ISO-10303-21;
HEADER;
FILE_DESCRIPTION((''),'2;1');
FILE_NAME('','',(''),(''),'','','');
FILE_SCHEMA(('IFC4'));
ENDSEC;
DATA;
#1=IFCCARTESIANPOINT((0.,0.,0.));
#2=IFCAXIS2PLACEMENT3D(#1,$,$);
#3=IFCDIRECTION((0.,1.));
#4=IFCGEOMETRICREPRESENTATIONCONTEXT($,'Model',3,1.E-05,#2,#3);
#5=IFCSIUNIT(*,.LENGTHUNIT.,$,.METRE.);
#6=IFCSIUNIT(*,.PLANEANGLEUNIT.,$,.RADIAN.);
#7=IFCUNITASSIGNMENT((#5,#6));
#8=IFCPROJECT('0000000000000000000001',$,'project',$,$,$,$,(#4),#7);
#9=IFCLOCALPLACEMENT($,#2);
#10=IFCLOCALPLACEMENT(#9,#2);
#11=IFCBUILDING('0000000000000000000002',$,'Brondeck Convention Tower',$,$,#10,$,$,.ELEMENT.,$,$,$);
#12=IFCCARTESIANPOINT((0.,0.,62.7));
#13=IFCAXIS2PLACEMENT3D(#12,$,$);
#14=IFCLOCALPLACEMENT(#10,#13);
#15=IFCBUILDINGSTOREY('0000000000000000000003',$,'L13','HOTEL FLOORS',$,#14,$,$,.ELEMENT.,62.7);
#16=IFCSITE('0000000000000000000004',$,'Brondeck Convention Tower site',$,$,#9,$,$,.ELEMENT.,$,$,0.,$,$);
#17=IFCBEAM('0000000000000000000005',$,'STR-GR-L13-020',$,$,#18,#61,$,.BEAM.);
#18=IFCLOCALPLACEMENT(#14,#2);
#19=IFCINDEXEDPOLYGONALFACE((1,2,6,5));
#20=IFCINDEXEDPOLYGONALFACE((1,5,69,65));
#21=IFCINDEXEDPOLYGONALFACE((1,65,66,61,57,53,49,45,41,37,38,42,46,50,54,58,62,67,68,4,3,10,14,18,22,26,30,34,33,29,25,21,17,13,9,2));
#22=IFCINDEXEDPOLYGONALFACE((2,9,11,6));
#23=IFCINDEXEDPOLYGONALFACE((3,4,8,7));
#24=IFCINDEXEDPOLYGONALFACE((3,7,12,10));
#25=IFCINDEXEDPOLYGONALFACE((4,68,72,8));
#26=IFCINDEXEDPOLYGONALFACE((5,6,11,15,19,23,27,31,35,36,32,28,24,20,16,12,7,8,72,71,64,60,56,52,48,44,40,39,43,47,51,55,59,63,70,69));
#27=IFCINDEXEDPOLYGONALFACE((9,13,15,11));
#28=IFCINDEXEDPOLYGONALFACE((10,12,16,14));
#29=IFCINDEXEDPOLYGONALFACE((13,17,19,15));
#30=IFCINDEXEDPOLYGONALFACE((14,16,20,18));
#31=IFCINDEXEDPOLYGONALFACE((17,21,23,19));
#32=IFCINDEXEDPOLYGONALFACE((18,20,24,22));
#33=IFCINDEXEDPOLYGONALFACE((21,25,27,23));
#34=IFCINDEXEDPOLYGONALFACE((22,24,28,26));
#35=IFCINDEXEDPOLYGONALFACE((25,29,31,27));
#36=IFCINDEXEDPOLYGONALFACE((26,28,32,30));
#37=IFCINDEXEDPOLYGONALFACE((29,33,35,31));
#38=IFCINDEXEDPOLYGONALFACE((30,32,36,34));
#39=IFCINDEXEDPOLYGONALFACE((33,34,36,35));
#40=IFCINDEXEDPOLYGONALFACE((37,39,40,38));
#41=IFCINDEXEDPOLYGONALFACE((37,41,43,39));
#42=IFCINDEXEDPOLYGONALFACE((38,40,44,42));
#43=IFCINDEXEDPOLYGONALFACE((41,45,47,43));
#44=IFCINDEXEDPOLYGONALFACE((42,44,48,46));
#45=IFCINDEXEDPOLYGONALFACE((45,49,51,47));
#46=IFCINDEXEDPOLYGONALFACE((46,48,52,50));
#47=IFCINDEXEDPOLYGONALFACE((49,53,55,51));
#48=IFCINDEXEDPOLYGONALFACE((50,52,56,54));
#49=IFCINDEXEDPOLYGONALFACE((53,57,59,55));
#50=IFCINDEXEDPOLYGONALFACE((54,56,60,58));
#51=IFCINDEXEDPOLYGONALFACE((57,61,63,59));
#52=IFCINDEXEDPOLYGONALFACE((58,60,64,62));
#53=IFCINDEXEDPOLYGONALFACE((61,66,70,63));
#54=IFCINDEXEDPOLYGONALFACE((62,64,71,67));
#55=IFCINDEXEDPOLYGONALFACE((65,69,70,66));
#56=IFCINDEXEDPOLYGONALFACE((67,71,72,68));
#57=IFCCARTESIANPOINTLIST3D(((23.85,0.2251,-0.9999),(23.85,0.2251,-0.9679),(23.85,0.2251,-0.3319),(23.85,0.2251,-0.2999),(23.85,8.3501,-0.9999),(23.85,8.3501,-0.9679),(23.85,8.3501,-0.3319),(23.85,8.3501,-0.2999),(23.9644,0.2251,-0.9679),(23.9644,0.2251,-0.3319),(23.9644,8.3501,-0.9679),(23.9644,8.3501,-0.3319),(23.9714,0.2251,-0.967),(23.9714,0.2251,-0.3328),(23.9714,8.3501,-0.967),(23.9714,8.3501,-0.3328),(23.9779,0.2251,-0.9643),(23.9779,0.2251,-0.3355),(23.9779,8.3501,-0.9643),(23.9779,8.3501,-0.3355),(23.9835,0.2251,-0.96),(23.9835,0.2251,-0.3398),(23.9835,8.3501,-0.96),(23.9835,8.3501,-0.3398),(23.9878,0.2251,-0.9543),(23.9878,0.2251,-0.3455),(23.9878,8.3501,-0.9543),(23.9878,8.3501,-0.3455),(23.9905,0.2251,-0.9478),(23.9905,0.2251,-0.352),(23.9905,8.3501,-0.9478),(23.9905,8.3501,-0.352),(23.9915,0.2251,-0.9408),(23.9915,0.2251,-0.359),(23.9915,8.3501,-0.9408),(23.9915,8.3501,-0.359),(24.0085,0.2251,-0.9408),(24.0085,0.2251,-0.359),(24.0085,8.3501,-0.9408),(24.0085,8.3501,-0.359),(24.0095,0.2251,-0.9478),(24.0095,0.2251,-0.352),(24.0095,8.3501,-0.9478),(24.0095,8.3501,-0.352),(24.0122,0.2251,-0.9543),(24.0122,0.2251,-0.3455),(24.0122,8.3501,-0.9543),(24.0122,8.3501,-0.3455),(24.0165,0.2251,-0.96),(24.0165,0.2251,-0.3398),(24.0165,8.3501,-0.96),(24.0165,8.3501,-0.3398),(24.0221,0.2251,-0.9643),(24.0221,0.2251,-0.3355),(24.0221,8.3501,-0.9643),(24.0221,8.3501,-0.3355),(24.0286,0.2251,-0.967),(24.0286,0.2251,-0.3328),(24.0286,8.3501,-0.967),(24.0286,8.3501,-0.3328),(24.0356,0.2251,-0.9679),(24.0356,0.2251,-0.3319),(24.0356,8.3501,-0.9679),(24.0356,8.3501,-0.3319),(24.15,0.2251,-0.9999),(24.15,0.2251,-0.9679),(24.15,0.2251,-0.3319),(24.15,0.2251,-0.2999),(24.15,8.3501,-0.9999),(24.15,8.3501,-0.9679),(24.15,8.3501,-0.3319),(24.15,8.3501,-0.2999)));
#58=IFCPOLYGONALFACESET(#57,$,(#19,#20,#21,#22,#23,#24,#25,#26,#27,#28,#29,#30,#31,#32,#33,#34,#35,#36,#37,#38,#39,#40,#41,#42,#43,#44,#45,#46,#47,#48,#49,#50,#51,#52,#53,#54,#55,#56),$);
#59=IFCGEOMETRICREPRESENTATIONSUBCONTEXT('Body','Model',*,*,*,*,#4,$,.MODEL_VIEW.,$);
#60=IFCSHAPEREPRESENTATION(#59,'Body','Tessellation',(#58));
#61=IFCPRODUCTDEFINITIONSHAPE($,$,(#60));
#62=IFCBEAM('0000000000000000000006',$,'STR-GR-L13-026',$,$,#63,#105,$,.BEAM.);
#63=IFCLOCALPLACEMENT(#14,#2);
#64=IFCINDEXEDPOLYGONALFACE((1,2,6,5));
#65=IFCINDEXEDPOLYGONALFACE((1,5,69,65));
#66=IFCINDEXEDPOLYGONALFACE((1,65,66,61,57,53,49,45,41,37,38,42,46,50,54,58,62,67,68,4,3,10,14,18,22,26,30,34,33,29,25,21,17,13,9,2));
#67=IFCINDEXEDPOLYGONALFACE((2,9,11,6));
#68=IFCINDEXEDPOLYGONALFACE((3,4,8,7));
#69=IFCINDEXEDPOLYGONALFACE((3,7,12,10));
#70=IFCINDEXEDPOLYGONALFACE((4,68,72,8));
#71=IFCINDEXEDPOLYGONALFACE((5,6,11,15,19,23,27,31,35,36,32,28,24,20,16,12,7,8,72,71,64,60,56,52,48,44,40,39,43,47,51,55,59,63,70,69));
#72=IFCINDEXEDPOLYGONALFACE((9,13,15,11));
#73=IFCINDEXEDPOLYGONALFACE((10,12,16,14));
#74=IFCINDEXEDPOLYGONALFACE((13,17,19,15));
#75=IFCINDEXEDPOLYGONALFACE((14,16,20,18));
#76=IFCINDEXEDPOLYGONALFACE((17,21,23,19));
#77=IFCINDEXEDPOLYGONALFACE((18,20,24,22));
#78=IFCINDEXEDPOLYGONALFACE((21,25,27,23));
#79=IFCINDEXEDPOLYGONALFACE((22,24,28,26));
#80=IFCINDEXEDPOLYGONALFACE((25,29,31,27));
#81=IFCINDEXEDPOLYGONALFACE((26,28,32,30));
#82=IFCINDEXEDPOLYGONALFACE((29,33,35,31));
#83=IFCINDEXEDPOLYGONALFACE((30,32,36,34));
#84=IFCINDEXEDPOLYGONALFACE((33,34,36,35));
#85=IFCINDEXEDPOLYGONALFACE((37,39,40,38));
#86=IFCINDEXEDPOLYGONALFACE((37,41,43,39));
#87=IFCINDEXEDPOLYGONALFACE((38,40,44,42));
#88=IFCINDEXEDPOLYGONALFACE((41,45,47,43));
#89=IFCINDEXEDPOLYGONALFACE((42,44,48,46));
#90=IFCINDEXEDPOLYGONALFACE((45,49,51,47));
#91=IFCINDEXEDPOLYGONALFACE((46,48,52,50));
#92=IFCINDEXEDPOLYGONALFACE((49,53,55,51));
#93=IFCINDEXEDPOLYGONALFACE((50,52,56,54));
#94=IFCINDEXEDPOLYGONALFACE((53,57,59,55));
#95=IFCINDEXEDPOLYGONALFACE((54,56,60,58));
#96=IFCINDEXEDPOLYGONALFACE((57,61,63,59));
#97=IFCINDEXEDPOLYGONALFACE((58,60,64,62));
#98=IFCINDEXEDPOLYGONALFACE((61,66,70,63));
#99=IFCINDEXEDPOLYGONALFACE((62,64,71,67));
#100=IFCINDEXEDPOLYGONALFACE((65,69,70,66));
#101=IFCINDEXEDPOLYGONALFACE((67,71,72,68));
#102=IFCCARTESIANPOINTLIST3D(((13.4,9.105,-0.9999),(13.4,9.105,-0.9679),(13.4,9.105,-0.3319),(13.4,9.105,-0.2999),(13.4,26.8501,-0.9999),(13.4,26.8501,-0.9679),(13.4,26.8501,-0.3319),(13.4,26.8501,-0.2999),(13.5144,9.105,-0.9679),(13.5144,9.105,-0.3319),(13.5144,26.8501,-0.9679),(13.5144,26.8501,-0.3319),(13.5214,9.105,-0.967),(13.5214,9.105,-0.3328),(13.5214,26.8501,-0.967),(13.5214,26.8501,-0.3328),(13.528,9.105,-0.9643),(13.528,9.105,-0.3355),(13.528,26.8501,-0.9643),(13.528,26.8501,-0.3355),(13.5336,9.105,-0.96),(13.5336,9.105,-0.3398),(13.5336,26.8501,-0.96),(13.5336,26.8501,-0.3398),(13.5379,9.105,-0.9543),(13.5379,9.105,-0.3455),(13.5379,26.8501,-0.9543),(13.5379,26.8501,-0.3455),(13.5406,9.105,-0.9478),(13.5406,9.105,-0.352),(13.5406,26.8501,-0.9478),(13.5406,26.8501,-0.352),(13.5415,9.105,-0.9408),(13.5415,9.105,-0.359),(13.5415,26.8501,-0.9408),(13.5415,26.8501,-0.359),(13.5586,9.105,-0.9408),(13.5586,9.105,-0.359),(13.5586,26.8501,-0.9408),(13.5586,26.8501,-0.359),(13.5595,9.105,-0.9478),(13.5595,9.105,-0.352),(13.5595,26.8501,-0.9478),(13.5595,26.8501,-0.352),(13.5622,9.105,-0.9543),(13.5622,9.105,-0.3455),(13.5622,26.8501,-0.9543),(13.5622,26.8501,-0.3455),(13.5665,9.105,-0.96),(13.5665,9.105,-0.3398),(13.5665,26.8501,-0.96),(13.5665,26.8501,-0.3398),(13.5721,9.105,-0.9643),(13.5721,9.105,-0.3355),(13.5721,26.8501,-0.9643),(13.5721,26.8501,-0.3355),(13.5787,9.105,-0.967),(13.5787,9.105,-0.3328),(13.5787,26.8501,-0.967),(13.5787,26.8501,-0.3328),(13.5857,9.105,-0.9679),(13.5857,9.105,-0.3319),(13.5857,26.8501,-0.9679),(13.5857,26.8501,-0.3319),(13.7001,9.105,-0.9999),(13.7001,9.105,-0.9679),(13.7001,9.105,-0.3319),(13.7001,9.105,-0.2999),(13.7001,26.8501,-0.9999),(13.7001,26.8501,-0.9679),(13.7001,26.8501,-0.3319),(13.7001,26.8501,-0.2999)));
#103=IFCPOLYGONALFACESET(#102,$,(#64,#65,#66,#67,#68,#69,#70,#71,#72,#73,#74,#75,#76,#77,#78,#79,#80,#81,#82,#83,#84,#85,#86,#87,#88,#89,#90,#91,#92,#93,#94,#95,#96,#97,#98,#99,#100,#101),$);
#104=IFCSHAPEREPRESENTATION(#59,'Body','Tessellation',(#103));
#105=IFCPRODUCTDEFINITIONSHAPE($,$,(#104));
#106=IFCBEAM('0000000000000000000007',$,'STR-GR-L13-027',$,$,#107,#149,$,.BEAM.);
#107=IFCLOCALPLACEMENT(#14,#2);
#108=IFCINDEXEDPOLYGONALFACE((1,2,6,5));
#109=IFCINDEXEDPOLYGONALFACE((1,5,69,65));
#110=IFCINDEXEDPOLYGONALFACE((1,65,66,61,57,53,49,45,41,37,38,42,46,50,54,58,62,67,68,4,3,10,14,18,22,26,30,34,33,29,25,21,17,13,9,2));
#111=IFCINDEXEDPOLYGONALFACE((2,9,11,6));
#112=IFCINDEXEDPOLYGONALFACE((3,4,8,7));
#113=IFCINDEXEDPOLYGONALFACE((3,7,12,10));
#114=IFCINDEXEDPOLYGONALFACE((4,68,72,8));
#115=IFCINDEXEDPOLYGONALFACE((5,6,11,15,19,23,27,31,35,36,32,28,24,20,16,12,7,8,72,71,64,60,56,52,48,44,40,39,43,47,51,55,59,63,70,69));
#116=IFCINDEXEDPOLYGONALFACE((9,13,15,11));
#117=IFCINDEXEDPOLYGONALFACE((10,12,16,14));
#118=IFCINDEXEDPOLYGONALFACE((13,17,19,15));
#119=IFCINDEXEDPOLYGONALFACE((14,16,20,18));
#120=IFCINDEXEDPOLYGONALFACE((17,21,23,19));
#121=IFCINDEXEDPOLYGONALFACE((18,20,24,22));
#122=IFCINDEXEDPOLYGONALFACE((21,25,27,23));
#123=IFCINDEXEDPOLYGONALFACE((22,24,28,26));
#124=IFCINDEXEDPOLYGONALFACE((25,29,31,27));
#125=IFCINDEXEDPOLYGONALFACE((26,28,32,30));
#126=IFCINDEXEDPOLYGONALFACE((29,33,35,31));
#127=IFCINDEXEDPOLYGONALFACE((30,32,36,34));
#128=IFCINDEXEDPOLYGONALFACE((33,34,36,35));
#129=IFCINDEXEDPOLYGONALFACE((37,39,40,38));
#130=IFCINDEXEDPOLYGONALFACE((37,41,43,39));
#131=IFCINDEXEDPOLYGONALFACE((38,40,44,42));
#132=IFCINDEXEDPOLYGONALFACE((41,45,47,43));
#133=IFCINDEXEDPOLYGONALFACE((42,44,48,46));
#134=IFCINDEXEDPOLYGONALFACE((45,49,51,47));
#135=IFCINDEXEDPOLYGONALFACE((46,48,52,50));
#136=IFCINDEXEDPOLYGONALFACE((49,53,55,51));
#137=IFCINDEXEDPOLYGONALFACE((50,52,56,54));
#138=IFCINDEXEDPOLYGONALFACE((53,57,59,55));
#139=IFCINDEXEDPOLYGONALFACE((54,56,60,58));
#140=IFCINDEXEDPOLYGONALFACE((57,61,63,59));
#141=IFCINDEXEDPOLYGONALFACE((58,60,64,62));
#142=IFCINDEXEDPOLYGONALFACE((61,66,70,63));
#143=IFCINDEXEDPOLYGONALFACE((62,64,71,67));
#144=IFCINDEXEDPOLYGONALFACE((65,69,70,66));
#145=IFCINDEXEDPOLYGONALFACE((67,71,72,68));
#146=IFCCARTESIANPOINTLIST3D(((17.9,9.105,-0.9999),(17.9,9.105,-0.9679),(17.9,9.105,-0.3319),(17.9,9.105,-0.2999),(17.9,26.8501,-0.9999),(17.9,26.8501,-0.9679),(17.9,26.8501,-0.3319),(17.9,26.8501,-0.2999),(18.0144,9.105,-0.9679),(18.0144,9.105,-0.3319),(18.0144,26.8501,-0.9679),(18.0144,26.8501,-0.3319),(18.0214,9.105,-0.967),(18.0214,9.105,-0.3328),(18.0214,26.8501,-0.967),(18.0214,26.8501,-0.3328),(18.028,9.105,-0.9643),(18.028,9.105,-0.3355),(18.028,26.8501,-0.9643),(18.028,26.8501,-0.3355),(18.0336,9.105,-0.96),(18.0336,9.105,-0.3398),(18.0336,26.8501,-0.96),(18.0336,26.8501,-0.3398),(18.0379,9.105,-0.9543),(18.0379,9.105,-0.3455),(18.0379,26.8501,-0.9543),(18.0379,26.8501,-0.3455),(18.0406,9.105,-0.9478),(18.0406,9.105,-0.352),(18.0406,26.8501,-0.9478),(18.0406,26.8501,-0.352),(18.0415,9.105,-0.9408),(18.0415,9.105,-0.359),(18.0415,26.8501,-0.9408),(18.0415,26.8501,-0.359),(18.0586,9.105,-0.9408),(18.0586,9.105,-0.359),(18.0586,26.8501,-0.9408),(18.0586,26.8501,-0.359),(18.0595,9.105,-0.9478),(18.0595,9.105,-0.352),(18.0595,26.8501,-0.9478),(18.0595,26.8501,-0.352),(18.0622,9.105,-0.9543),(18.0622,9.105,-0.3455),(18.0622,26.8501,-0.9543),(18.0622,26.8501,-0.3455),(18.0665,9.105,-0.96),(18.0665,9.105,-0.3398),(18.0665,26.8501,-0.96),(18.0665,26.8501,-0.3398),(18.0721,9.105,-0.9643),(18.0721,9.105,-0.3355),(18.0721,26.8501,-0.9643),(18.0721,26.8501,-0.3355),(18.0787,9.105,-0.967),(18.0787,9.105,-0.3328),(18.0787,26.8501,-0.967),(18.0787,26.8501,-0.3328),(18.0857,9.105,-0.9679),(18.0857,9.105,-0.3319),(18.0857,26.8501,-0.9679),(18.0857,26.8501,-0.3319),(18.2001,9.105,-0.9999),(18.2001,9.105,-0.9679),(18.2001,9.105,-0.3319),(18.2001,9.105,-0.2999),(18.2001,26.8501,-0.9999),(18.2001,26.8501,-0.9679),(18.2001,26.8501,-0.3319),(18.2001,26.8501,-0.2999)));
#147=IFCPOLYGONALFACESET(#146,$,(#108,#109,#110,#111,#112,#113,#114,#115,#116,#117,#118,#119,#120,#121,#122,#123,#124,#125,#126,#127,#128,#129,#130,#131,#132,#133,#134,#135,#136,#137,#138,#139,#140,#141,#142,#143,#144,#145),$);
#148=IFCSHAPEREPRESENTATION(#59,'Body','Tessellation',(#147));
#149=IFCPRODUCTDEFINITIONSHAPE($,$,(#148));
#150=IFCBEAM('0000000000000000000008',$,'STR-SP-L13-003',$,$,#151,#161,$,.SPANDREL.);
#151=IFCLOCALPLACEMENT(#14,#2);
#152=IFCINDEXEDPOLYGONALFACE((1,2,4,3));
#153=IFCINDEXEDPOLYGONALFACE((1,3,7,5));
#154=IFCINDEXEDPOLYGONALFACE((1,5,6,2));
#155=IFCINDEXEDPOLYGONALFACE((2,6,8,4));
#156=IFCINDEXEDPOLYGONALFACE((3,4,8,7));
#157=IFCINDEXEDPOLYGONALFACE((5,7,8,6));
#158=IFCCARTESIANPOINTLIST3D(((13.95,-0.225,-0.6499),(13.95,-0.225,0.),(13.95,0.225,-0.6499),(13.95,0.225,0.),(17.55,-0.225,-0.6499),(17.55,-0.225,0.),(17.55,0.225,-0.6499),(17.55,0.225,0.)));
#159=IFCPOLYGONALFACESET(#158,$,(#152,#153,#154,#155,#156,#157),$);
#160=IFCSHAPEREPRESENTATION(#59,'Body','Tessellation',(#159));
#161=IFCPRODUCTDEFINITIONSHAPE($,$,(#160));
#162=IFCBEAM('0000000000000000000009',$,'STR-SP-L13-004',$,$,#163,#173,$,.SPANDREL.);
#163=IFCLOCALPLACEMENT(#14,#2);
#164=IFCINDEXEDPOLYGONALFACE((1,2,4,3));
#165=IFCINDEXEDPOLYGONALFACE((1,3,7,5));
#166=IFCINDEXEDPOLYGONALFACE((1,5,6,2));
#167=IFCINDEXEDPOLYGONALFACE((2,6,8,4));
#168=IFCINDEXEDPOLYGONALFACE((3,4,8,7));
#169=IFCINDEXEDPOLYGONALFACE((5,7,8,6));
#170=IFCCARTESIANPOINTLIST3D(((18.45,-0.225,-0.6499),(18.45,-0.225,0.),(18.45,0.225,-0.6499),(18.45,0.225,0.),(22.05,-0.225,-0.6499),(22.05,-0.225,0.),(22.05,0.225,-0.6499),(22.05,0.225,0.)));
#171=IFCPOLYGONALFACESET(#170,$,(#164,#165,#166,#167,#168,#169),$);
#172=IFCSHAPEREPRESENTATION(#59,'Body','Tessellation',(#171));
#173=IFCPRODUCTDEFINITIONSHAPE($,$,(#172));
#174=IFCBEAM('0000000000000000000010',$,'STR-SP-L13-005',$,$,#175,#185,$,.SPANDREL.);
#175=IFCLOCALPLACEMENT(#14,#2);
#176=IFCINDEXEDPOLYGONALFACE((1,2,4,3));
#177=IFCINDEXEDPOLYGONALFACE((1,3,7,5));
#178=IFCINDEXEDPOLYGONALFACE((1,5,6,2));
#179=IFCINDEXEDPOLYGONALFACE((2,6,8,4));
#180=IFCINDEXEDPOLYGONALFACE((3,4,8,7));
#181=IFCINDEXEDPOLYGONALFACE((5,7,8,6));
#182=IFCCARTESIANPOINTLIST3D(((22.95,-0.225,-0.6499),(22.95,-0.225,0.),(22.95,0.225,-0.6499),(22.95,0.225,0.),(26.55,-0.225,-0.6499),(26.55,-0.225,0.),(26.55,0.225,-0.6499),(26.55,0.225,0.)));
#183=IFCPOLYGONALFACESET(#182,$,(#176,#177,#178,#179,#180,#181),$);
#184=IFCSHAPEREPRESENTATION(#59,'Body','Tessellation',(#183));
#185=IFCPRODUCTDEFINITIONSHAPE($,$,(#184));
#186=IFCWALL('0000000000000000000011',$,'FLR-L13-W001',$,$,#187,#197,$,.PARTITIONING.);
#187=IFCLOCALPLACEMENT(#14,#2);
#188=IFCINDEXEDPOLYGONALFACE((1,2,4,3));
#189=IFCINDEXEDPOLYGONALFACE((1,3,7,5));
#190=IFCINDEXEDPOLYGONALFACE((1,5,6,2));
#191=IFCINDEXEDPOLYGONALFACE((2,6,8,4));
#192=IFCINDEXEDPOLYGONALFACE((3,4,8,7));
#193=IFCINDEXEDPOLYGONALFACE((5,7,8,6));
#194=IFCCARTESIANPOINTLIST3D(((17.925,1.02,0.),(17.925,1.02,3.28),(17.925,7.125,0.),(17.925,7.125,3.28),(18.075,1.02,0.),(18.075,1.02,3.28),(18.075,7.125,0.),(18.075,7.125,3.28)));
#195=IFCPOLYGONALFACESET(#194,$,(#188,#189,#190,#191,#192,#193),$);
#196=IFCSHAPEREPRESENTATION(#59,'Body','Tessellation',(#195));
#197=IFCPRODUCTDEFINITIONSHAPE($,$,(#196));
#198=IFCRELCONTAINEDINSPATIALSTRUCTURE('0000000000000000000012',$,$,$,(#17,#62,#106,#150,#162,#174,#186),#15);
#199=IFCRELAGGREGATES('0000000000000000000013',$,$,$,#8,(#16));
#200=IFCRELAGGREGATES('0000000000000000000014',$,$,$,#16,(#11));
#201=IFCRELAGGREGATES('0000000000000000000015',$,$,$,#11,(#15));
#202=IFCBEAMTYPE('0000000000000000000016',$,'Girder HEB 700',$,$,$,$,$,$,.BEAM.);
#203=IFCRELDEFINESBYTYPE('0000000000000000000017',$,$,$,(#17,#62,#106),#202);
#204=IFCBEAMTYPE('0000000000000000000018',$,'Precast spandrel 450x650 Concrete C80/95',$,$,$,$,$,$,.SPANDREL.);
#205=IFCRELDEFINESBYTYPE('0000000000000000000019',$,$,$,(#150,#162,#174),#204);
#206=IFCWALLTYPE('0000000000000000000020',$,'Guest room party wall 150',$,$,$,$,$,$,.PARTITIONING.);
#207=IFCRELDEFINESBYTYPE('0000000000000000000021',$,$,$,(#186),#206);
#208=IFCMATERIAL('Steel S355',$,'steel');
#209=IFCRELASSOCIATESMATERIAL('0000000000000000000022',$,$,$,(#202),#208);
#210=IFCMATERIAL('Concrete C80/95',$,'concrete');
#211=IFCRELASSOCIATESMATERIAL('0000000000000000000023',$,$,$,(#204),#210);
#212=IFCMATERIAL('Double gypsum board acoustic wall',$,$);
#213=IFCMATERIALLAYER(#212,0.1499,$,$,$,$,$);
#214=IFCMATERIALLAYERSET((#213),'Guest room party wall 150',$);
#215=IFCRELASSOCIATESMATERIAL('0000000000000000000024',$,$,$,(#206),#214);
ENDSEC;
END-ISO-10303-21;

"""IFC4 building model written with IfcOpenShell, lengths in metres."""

from ifc_helpers import new_model, si_unit, direction, frame, frame_2d, origin, origin_2d, place, context, subcontext, project, spatial, rectangle, i_section, extrude, material, layer, layer_set, material_profile, profile_set, type_object, element, save


model = new_model("IFC4")

# Units and contexts
model_context = context("Model", 3, precision=1e-05, world=origin(), true_north=direction((0.0, 1.0)))
body_context = subcontext(model_context, "Body", "Model", "MODEL_VIEW")
ifc_project = project(units=[si_unit("LENGTHUNIT", "METRE"), si_unit("PLANEANGLEUNIT", "RADIAN")], contexts=[model_context])

# Site, building, storey
site_placement = place(None, origin())
site = spatial("IfcSite", under=ifc_project, at=site_placement, Name="Brondeck Convention Tower site", CompositionType="ELEMENT", RefElevation=0.0)
building_placement = place(site_placement, origin())
building = spatial("IfcBuilding", under=site, at=building_placement, Name="Brondeck Convention Tower", CompositionType="ELEMENT")
storey_placement = place(building_placement, frame((0.0, 0.0, 62.7)))
storey = spatial("IfcBuildingStorey", under=building, at=storey_placement, Name="L13", Description="HOTEL FLOORS", CompositionType="ELEMENT", Elevation=62.7)

# Shared definitions
ifc_material_1 = material(Name="Concrete C80/95", Category="concrete")

# Beams
ifc_material_2 = material(Name="Steel S355", Category="steel")
ifc_material_profile_1 = material_profile(ifc_material_2, i_section(OverallWidth=0.3, OverallDepth=0.7, WebThickness=0.0171, FlangeThickness=0.032, FilletRadius=0.0271, at=origin_2d()), Name="HEB 700")
ifc_profile_set_1 = profile_set([ifc_material_profile_1], Name="Steel S355")
beam_type_1 = type_object("IfcBeamType", Name="Girder HEB 700", PredefinedType="BEAM", material=ifc_profile_set_1)
beam_1_placement = place(storey_placement, frame((24.0, 8.3501, -0.6499), z_axis=(0.0, -1.0, 0.0), x_axis=(1.0, 0.0, 0.0)))
element("IfcBeam", 1, at=beam_1_placement, inside=storey, type_object=beam_type_1, Name="STR-GR-L13-020", PredefinedType="BEAM", context=body_context, shape_type="SweptSolid", body=[
    extrude(i_section(OverallWidth=0.3, OverallDepth=0.7, WebThickness=0.0171, FlangeThickness=0.032, FilletRadius=0.0271, at=origin_2d()), origin(), (0.0, 0.0, 1.0), 8.125),
])
for number, where, z_axis, x_axis, name in (
    (2, (13.55, 9.105, -0.6499), (0.0, 1.0, 0.0), (-1.0, 0.0, 0.0), "STR-GR-L13-026"),
    (3, (18.05, 9.105, -0.6499), (0.0, 1.0, 0.0), (-1.0, 0.0, 0.0), "STR-GR-L13-027"),
):
    element("IfcBeam", number, at=place(storey_placement, frame(where, z_axis=z_axis, x_axis=x_axis)), inside=storey, type_object=beam_type_1, Name=name, PredefinedType="BEAM", context=body_context, shape_type="SweptSolid", body=[
        extrude(i_section(OverallWidth=0.3, OverallDepth=0.7, WebThickness=0.0171, FlangeThickness=0.032, FilletRadius=0.0271, at=origin_2d()), origin(), (0.0, 0.0, 1.0), 17.7451),
    ])
ifc_material_profile_2 = material_profile(ifc_material_1, rectangle(XDim=0.45, YDim=0.6499, at=origin_2d()), Name="Precast spandrel 450x650 Concrete C80/95")
ifc_profile_set_2 = profile_set([ifc_material_profile_2], Name="Concrete C80/95")
beam_type_2 = type_object("IfcBeamType", Name="Precast spandrel 450x650 Concrete C80/95", PredefinedType="SPANDREL", material=ifc_profile_set_2)
for number, where, z_axis, x_axis, name in (
    (4, (13.95, 0.0, -0.325), (1.0, 0.0, 0.0), (0.0, 1.0, 0.0), "STR-SP-L13-003"),
    (5, (18.45, 0.0, -0.325), (1.0, 0.0, 0.0), (0.0, 1.0, 0.0), "STR-SP-L13-004"),
    (6, (22.95, 0.0, -0.325), (1.0, 0.0, 0.0), (0.0, 1.0, 0.0), "STR-SP-L13-005"),
):
    element("IfcBeam", number, at=place(storey_placement, frame(where, z_axis=z_axis, x_axis=x_axis)), inside=storey, type_object=beam_type_2, Name=name, PredefinedType="SPANDREL", context=body_context, shape_type="SweptSolid", body=[
        extrude(rectangle(XDim=0.45, YDim=0.6499, at=origin_2d()), origin(), (0.0, 0.0, 1.0), 3.6001),
    ])

# Wall
ifc_material_3 = material(Name="Double gypsum board acoustic wall")
ifc_layer_1 = layer(ifc_material_3, 0.1499)
ifc_layer_set_1 = layer_set([ifc_layer_1], Name="Guest room party wall 150")
wall_type_1 = type_object("IfcWallType", Name="Guest room party wall 150", PredefinedType="PARTITIONING", material=ifc_layer_set_1)
wall_1_placement = place(storey_placement, frame((18.0, 7.125, 0.0), z_axis=(0.0, 0.0, 1.0), x_axis=(0.0, -1.0, 0.0)))
element("IfcWall", 7, at=wall_1_placement, inside=storey, type_object=wall_type_1, Name="FLR-L13-W001", PredefinedType="PARTITIONING", context=body_context, shape_type="SweptSolid", body=[
    extrude(rectangle(XDim=6.105, YDim=0.1499, at=frame_2d((3.0525, 0.0))), origin(), (0.0, 0.0, 1.0), 3.28),
])

save(model, "model.ifc")
